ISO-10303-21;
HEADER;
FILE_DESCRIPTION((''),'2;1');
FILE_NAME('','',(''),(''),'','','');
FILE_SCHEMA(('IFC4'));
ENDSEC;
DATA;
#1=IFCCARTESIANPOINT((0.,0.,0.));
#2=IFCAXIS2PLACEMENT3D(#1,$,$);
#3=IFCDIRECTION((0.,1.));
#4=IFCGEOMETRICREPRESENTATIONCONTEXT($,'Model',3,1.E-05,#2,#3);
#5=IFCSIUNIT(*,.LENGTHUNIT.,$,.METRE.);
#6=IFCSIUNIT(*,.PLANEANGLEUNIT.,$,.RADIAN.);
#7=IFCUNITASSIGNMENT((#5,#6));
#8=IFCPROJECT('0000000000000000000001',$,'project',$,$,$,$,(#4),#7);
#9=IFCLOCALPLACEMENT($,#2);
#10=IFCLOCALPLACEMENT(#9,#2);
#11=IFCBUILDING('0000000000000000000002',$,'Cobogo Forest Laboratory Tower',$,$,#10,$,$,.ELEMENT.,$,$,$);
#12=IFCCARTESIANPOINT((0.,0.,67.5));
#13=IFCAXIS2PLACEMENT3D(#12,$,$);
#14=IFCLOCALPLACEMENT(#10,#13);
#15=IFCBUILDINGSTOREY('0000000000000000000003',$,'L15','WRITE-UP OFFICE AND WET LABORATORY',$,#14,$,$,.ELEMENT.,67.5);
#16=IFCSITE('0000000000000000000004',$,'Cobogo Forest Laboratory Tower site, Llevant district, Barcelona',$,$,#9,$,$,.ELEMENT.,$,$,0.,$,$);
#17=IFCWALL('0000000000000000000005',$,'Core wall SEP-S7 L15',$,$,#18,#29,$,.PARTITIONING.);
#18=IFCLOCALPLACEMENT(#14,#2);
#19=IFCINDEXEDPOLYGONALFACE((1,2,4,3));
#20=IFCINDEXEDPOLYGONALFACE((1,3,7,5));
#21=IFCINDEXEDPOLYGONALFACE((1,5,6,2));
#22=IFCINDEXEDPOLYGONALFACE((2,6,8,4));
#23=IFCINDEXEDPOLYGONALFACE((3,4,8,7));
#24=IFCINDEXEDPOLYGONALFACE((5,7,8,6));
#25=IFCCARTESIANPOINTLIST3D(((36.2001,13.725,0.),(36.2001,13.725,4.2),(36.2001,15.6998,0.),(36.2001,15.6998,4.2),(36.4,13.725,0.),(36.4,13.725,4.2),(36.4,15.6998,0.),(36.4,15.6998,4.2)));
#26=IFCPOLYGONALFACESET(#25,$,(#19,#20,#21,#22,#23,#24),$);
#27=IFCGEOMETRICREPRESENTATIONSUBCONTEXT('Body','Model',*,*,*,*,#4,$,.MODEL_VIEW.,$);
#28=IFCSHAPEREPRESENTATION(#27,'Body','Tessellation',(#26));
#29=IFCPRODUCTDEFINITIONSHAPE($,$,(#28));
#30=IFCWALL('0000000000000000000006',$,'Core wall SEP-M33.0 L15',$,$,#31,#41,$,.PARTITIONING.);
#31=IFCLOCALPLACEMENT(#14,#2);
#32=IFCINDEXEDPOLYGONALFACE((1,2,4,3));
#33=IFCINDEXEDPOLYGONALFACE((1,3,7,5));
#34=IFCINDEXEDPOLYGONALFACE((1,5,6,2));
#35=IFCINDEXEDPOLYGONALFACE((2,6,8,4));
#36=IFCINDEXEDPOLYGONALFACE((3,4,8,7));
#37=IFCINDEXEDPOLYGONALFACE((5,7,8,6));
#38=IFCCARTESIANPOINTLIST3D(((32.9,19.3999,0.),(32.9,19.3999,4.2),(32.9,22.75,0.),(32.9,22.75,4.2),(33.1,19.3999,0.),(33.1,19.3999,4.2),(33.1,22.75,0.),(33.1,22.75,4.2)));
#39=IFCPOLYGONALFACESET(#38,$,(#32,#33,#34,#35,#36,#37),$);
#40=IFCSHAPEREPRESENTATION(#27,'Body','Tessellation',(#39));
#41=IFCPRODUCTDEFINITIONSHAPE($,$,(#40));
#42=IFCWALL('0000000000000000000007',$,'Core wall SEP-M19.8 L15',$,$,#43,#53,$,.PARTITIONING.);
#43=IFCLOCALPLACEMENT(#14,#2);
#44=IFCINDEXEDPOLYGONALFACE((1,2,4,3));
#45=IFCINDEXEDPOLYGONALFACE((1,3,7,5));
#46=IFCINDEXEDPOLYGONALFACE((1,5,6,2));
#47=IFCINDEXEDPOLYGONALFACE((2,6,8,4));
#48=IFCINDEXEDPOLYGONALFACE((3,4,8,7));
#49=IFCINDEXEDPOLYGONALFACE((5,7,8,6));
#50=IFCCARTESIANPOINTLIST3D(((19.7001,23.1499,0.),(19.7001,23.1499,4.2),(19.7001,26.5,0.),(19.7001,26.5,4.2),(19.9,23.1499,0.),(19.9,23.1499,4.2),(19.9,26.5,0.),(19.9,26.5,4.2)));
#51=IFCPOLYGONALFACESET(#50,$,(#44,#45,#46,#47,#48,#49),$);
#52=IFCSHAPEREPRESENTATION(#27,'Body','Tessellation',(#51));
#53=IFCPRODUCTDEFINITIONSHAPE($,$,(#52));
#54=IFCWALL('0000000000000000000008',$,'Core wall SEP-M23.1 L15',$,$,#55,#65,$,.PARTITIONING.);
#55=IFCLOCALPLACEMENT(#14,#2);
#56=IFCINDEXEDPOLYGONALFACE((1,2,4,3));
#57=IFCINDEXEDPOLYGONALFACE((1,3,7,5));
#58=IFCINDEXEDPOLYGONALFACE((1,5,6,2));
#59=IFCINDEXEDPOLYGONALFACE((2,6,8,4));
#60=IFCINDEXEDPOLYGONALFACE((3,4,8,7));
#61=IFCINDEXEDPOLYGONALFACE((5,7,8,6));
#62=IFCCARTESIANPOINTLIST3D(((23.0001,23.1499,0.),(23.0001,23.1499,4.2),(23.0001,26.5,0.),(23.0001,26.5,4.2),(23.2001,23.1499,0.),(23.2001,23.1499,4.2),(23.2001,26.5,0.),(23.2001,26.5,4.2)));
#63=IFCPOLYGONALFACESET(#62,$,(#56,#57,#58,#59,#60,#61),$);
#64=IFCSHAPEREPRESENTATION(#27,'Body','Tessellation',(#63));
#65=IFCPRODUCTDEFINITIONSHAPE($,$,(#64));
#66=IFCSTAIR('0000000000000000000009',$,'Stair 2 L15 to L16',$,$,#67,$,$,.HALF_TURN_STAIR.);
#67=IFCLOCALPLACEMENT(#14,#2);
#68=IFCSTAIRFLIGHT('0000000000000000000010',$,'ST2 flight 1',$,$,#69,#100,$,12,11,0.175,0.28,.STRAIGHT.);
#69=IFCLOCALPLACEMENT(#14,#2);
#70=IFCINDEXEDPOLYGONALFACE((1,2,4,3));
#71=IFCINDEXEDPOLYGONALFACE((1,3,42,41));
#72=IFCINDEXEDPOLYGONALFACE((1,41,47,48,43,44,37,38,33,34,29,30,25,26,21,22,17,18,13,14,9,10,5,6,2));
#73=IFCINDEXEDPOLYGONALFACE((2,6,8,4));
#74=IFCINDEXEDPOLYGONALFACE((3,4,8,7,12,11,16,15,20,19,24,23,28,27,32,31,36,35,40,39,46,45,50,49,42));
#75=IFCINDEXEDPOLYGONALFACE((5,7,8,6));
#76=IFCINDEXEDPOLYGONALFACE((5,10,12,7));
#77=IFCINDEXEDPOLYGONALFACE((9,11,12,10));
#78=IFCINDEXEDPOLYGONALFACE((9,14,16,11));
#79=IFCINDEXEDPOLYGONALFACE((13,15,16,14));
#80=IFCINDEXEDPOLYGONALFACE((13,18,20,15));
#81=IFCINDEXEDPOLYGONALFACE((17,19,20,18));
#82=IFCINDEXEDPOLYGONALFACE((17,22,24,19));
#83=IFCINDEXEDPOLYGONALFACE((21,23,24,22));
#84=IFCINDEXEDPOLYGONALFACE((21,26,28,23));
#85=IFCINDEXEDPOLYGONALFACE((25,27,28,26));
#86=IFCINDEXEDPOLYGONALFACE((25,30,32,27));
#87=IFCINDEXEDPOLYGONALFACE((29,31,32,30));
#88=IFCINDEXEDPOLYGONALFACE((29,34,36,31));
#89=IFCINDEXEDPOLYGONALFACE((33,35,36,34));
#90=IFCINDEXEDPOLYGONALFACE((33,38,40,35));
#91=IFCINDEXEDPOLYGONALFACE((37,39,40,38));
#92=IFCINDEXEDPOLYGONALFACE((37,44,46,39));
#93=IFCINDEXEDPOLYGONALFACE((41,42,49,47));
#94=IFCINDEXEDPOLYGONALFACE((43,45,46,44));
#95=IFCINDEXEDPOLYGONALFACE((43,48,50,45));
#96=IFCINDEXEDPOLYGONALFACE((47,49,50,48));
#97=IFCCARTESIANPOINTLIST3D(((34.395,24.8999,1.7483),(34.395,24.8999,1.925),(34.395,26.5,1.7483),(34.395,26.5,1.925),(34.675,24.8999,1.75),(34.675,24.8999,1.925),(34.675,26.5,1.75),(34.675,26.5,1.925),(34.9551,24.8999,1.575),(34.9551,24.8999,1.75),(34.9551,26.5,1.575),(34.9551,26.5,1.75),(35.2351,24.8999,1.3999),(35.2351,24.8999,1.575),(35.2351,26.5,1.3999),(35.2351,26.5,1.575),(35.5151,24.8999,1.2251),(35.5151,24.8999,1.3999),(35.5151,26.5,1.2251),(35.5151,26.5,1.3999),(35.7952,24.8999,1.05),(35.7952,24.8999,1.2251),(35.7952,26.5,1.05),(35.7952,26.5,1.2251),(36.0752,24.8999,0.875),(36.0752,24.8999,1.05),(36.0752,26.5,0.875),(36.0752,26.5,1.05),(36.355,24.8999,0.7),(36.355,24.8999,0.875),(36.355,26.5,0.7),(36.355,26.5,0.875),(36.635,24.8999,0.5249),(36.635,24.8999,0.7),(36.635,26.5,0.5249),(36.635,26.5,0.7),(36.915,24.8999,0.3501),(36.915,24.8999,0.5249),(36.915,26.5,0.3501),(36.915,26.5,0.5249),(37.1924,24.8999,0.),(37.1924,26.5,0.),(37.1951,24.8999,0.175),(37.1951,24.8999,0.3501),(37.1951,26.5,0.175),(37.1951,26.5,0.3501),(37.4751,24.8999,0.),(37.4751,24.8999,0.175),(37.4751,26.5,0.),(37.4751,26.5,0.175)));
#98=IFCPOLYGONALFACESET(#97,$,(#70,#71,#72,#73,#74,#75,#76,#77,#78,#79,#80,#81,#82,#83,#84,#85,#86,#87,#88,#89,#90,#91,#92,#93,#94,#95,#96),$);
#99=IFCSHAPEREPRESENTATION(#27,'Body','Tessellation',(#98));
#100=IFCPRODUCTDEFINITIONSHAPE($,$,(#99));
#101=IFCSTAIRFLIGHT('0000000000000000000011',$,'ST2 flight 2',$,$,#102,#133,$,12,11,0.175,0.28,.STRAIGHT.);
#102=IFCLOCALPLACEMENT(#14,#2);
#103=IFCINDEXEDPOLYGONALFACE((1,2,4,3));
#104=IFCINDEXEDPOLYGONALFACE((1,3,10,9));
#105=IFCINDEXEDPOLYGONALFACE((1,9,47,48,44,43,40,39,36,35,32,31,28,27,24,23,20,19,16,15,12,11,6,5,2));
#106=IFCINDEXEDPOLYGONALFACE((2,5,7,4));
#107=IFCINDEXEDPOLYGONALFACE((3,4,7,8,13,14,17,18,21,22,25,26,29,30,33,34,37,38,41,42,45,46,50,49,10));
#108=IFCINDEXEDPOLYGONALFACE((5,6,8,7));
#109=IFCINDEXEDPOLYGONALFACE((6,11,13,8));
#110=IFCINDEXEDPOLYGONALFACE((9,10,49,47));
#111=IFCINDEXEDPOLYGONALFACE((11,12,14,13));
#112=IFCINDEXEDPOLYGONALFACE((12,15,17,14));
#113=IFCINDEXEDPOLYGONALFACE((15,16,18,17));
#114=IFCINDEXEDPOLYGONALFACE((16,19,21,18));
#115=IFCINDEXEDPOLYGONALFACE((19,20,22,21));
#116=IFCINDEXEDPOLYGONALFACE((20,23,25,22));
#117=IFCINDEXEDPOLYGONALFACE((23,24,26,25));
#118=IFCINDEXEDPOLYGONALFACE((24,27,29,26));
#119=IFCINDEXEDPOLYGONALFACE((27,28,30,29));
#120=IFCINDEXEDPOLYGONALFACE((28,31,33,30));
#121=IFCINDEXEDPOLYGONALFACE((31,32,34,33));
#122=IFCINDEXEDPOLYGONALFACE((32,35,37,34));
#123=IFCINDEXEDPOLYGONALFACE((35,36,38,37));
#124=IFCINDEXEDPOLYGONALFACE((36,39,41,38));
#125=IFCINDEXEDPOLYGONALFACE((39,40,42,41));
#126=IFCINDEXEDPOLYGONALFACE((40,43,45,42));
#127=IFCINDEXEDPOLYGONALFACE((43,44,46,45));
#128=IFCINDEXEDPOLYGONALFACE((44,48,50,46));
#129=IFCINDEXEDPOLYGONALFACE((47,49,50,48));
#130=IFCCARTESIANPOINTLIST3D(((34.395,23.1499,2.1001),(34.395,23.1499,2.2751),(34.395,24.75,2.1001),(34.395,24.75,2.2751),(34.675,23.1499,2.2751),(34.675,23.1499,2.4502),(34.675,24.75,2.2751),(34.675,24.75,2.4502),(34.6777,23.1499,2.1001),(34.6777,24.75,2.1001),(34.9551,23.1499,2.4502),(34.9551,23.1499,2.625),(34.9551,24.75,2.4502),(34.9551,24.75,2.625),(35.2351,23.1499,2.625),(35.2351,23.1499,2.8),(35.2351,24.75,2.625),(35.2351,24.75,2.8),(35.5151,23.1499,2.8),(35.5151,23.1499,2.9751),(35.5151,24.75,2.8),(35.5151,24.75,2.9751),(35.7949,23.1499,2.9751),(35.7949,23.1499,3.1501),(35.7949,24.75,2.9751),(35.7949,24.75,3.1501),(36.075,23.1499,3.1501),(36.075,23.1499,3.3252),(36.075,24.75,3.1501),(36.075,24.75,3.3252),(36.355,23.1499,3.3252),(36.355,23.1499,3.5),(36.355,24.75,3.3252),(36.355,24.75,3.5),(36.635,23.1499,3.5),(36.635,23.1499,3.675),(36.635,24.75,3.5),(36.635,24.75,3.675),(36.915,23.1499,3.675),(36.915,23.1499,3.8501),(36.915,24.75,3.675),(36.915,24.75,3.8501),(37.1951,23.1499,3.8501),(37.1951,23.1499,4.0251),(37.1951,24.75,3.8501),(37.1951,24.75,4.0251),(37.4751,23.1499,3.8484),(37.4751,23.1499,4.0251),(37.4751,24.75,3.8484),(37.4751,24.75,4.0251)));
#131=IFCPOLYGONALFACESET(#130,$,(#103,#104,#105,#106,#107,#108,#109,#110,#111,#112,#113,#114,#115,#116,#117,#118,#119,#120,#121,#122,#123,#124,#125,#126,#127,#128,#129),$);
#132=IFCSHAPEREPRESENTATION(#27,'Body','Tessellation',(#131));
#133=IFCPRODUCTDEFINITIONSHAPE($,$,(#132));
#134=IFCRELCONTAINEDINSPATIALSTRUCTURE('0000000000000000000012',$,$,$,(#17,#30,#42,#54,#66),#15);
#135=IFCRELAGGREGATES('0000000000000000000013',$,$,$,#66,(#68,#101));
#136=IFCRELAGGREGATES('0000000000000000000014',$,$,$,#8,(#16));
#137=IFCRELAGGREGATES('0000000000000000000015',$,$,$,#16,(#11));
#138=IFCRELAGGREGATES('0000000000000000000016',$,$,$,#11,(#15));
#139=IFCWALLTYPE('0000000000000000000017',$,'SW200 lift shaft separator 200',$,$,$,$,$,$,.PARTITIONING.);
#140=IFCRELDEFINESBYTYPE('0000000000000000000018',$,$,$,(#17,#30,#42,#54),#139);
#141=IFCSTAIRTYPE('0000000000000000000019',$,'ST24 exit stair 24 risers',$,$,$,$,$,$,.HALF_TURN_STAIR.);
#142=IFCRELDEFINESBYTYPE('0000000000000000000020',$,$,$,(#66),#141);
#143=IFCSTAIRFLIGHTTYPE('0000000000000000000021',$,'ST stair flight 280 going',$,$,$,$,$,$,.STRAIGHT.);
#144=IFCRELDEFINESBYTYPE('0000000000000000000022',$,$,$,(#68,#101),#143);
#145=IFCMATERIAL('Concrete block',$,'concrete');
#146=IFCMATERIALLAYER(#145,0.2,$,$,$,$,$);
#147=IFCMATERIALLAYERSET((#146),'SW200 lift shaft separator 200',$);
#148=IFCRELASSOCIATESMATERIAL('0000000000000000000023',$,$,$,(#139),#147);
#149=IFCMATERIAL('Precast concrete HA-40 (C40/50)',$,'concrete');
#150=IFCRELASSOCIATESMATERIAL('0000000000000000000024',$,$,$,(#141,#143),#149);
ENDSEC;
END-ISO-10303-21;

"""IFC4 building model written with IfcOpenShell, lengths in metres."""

from ifc_helpers import new_model, si_unit, direction, frame, frame_2d, origin, place, context, subcontext, project, spatial, polyline, rectangle, outline, extrude, material, layer, layer_set, type_object, element, aggregate, save


model = new_model("IFC4")

# Units and contexts
model_context = context("Model", 3, precision=1e-05, world=origin(), true_north=direction((0.0, 1.0)))
body_context = subcontext(model_context, "Body", "Model", "MODEL_VIEW")
ifc_project = project(units=[si_unit("LENGTHUNIT", "METRE"), si_unit("PLANEANGLEUNIT", "RADIAN")], contexts=[model_context])

# Site, building, storey
site_placement = place(None, origin())
site = spatial("IfcSite", under=ifc_project, at=site_placement, Name="Cobogo Forest Laboratory Tower site, Llevant district, Barcelona", CompositionType="ELEMENT", RefElevation=0.0)
building_placement = place(site_placement, origin())
building = spatial("IfcBuilding", under=site, at=building_placement, Name="Cobogo Forest Laboratory Tower", CompositionType="ELEMENT")
storey_placement = place(building_placement, frame((0.0, 0.0, 67.5)))
storey = spatial("IfcBuildingStorey", under=building, at=storey_placement, Name="L15", Description="WRITE-UP OFFICE AND WET LABORATORY", CompositionType="ELEMENT", Elevation=67.5)

# Walls
ifc_material_1 = material(Name="Concrete block", Category="concrete")
ifc_layer_1 = layer(ifc_material_1, 0.2)
ifc_layer_set_1 = layer_set([ifc_layer_1], Name="SW200 lift shaft separator 200")
wall_type_1 = type_object("IfcWallType", Name="SW200 lift shaft separator 200", PredefinedType="PARTITIONING", material=ifc_layer_set_1)
for number, where, z_axis, x_axis, name in (
    (1, (36.3, 13.7251, 0.0), (0.0, 0.0, 1.0), (0.0, 1.0, 0.0), "Core wall SEP-S7 L15"),
):
    element("IfcWall", number, at=place(storey_placement, frame(where, z_axis=z_axis, x_axis=x_axis)), inside=storey, type_object=wall_type_1, Name=name, PredefinedType="PARTITIONING", context=body_context, shape_type="SweptSolid", body=[
        extrude(rectangle(XDim=1.9749, YDim=0.2, at=frame_2d((0.9873, 0.0))), origin(), (0.0, 0.0, 1.0), 4.2),
    ])
for number, where, z_axis, x_axis, name in (
    (2, (33.0, 19.3999, 0.0), (0.0, 0.0, 1.0), (0.0, 1.0, 0.0), "Core wall SEP-M33.0 L15"),
    (3, (19.8, 23.1499, 0.0), (0.0, 0.0, 1.0), (0.0, 1.0, 0.0), "Core wall SEP-M19.8 L15"),
    (4, (23.1001, 23.1499, 0.0), (0.0, 0.0, 1.0), (0.0, 1.0, 0.0), "Core wall SEP-M23.1 L15"),
):
    element("IfcWall", number, at=place(storey_placement, frame(where, z_axis=z_axis, x_axis=x_axis)), inside=storey, type_object=wall_type_1, Name=name, PredefinedType="PARTITIONING", context=body_context, shape_type="SweptSolid", body=[
        extrude(rectangle(XDim=3.3501, YDim=0.2, at=frame_2d((1.675, 0.0))), origin(), (0.0, 0.0, 1.0), 4.2),
    ])

# Stair, stair flights
ifc_material_2 = material(Name="Precast concrete HA-40 (C40/50)", Category="concrete")
stair_type = type_object("IfcStairType", Name="ST24 exit stair 24 risers", PredefinedType="HALF_TURN_STAIR", material=ifc_material_2)
stair_placement = place(storey_placement, origin())
stair = element("IfcStair", 5, at=stair_placement, inside=storey, type_object=stair_type, Name="Stair 2 L15 to L16", PredefinedType="HALF_TURN_STAIR")
stair_flight_type = type_object("IfcStairFlightType", Name="ST stair flight 280 going", PredefinedType="STRAIGHT", material=ifc_material_2)
stair_flight_1_placement = place(storey_placement, frame((37.4751, 25.7, 0.0), z_axis=(0.0, 0.0, 1.0), x_axis=(-1.0, 0.0, 0.0)))
stair_flight_1 = element("IfcStairFlight", 6, at=stair_flight_1_placement, type_object=stair_flight_type, Name="ST2 flight 1", NumberOfRisers=12, NumberOfTreads=11, PredefinedType="STRAIGHT", RiserHeight=0.175, TreadLength=0.28, context=body_context, shape_type="SweptSolid", body=[
    extrude(outline(polyline([(0.0, 0.0), (0.0, 0.175), (0.28, 0.175), (0.28, 0.3501), (0.5601, 0.3501), (0.5601, 0.5249), (0.8401, 0.5249), (0.8401, 0.7), (1.1201, 0.7), (1.1201, 0.875), (1.3999, 0.875), (1.3999, 1.05), (1.6799, 1.05), (1.6799, 1.2251), (1.96, 1.2251), (1.96, 1.3999), (2.24, 1.3999), (2.24, 1.575), (2.52, 1.575), (2.52, 1.75), (2.8, 1.75), (2.8, 1.925), (3.0801, 1.925), (3.0801, 2.1001), (3.0801, 1.7483), (0.2827, 0.0), (0.0, 0.0)])), frame((0.0, 0.8, 0.0), z_axis=(0.0, -1.0, 0.0), x_axis=(1.0, 0.0, 0.0)), (0.0, 0.0, 1.0), 1.6001),
])
stair_flight_2_placement = place(storey_placement, frame((34.395, 23.95, 2.1001), z_axis=(0.0, 0.0, 1.0), x_axis=(1.0, 0.0, 0.0)))
stair_flight_2 = element("IfcStairFlight", 7, at=stair_flight_2_placement, type_object=stair_flight_type, Name="ST2 flight 2", NumberOfRisers=12, NumberOfTreads=11, PredefinedType="STRAIGHT", RiserHeight=0.175, TreadLength=0.28, context=body_context, shape_type="SweptSolid", body=[
    extrude(outline(polyline([(0.0, 0.0), (0.0, 0.175), (0.28, 0.175), (0.28, 0.3501), (0.5601, 0.3501), (0.5601, 0.5249), (0.8401, 0.5249), (0.8401, 0.7), (1.1201, 0.7), (1.1201, 0.875), (1.3999, 0.875), (1.3999, 1.05), (1.6799, 1.05), (1.6799, 1.2251), (1.96, 1.2251), (1.96, 1.3999), (2.24, 1.3999), (2.24, 1.575), (2.52, 1.575), (2.52, 1.75), (2.8, 1.75), (2.8, 1.925), (3.0801, 1.925), (3.0801, 2.1001), (3.0801, 1.7483), (0.2827, 0.0), (0.0, 0.0)])), frame((0.0, 0.8, 0.0), z_axis=(0.0, -1.0, 0.0), x_axis=(1.0, 0.0, 0.0)), (0.0, 0.0, 1.0), 1.6001),
])
aggregate(stair, [stair_flight_1, stair_flight_2])

save(model, "model.ifc")
